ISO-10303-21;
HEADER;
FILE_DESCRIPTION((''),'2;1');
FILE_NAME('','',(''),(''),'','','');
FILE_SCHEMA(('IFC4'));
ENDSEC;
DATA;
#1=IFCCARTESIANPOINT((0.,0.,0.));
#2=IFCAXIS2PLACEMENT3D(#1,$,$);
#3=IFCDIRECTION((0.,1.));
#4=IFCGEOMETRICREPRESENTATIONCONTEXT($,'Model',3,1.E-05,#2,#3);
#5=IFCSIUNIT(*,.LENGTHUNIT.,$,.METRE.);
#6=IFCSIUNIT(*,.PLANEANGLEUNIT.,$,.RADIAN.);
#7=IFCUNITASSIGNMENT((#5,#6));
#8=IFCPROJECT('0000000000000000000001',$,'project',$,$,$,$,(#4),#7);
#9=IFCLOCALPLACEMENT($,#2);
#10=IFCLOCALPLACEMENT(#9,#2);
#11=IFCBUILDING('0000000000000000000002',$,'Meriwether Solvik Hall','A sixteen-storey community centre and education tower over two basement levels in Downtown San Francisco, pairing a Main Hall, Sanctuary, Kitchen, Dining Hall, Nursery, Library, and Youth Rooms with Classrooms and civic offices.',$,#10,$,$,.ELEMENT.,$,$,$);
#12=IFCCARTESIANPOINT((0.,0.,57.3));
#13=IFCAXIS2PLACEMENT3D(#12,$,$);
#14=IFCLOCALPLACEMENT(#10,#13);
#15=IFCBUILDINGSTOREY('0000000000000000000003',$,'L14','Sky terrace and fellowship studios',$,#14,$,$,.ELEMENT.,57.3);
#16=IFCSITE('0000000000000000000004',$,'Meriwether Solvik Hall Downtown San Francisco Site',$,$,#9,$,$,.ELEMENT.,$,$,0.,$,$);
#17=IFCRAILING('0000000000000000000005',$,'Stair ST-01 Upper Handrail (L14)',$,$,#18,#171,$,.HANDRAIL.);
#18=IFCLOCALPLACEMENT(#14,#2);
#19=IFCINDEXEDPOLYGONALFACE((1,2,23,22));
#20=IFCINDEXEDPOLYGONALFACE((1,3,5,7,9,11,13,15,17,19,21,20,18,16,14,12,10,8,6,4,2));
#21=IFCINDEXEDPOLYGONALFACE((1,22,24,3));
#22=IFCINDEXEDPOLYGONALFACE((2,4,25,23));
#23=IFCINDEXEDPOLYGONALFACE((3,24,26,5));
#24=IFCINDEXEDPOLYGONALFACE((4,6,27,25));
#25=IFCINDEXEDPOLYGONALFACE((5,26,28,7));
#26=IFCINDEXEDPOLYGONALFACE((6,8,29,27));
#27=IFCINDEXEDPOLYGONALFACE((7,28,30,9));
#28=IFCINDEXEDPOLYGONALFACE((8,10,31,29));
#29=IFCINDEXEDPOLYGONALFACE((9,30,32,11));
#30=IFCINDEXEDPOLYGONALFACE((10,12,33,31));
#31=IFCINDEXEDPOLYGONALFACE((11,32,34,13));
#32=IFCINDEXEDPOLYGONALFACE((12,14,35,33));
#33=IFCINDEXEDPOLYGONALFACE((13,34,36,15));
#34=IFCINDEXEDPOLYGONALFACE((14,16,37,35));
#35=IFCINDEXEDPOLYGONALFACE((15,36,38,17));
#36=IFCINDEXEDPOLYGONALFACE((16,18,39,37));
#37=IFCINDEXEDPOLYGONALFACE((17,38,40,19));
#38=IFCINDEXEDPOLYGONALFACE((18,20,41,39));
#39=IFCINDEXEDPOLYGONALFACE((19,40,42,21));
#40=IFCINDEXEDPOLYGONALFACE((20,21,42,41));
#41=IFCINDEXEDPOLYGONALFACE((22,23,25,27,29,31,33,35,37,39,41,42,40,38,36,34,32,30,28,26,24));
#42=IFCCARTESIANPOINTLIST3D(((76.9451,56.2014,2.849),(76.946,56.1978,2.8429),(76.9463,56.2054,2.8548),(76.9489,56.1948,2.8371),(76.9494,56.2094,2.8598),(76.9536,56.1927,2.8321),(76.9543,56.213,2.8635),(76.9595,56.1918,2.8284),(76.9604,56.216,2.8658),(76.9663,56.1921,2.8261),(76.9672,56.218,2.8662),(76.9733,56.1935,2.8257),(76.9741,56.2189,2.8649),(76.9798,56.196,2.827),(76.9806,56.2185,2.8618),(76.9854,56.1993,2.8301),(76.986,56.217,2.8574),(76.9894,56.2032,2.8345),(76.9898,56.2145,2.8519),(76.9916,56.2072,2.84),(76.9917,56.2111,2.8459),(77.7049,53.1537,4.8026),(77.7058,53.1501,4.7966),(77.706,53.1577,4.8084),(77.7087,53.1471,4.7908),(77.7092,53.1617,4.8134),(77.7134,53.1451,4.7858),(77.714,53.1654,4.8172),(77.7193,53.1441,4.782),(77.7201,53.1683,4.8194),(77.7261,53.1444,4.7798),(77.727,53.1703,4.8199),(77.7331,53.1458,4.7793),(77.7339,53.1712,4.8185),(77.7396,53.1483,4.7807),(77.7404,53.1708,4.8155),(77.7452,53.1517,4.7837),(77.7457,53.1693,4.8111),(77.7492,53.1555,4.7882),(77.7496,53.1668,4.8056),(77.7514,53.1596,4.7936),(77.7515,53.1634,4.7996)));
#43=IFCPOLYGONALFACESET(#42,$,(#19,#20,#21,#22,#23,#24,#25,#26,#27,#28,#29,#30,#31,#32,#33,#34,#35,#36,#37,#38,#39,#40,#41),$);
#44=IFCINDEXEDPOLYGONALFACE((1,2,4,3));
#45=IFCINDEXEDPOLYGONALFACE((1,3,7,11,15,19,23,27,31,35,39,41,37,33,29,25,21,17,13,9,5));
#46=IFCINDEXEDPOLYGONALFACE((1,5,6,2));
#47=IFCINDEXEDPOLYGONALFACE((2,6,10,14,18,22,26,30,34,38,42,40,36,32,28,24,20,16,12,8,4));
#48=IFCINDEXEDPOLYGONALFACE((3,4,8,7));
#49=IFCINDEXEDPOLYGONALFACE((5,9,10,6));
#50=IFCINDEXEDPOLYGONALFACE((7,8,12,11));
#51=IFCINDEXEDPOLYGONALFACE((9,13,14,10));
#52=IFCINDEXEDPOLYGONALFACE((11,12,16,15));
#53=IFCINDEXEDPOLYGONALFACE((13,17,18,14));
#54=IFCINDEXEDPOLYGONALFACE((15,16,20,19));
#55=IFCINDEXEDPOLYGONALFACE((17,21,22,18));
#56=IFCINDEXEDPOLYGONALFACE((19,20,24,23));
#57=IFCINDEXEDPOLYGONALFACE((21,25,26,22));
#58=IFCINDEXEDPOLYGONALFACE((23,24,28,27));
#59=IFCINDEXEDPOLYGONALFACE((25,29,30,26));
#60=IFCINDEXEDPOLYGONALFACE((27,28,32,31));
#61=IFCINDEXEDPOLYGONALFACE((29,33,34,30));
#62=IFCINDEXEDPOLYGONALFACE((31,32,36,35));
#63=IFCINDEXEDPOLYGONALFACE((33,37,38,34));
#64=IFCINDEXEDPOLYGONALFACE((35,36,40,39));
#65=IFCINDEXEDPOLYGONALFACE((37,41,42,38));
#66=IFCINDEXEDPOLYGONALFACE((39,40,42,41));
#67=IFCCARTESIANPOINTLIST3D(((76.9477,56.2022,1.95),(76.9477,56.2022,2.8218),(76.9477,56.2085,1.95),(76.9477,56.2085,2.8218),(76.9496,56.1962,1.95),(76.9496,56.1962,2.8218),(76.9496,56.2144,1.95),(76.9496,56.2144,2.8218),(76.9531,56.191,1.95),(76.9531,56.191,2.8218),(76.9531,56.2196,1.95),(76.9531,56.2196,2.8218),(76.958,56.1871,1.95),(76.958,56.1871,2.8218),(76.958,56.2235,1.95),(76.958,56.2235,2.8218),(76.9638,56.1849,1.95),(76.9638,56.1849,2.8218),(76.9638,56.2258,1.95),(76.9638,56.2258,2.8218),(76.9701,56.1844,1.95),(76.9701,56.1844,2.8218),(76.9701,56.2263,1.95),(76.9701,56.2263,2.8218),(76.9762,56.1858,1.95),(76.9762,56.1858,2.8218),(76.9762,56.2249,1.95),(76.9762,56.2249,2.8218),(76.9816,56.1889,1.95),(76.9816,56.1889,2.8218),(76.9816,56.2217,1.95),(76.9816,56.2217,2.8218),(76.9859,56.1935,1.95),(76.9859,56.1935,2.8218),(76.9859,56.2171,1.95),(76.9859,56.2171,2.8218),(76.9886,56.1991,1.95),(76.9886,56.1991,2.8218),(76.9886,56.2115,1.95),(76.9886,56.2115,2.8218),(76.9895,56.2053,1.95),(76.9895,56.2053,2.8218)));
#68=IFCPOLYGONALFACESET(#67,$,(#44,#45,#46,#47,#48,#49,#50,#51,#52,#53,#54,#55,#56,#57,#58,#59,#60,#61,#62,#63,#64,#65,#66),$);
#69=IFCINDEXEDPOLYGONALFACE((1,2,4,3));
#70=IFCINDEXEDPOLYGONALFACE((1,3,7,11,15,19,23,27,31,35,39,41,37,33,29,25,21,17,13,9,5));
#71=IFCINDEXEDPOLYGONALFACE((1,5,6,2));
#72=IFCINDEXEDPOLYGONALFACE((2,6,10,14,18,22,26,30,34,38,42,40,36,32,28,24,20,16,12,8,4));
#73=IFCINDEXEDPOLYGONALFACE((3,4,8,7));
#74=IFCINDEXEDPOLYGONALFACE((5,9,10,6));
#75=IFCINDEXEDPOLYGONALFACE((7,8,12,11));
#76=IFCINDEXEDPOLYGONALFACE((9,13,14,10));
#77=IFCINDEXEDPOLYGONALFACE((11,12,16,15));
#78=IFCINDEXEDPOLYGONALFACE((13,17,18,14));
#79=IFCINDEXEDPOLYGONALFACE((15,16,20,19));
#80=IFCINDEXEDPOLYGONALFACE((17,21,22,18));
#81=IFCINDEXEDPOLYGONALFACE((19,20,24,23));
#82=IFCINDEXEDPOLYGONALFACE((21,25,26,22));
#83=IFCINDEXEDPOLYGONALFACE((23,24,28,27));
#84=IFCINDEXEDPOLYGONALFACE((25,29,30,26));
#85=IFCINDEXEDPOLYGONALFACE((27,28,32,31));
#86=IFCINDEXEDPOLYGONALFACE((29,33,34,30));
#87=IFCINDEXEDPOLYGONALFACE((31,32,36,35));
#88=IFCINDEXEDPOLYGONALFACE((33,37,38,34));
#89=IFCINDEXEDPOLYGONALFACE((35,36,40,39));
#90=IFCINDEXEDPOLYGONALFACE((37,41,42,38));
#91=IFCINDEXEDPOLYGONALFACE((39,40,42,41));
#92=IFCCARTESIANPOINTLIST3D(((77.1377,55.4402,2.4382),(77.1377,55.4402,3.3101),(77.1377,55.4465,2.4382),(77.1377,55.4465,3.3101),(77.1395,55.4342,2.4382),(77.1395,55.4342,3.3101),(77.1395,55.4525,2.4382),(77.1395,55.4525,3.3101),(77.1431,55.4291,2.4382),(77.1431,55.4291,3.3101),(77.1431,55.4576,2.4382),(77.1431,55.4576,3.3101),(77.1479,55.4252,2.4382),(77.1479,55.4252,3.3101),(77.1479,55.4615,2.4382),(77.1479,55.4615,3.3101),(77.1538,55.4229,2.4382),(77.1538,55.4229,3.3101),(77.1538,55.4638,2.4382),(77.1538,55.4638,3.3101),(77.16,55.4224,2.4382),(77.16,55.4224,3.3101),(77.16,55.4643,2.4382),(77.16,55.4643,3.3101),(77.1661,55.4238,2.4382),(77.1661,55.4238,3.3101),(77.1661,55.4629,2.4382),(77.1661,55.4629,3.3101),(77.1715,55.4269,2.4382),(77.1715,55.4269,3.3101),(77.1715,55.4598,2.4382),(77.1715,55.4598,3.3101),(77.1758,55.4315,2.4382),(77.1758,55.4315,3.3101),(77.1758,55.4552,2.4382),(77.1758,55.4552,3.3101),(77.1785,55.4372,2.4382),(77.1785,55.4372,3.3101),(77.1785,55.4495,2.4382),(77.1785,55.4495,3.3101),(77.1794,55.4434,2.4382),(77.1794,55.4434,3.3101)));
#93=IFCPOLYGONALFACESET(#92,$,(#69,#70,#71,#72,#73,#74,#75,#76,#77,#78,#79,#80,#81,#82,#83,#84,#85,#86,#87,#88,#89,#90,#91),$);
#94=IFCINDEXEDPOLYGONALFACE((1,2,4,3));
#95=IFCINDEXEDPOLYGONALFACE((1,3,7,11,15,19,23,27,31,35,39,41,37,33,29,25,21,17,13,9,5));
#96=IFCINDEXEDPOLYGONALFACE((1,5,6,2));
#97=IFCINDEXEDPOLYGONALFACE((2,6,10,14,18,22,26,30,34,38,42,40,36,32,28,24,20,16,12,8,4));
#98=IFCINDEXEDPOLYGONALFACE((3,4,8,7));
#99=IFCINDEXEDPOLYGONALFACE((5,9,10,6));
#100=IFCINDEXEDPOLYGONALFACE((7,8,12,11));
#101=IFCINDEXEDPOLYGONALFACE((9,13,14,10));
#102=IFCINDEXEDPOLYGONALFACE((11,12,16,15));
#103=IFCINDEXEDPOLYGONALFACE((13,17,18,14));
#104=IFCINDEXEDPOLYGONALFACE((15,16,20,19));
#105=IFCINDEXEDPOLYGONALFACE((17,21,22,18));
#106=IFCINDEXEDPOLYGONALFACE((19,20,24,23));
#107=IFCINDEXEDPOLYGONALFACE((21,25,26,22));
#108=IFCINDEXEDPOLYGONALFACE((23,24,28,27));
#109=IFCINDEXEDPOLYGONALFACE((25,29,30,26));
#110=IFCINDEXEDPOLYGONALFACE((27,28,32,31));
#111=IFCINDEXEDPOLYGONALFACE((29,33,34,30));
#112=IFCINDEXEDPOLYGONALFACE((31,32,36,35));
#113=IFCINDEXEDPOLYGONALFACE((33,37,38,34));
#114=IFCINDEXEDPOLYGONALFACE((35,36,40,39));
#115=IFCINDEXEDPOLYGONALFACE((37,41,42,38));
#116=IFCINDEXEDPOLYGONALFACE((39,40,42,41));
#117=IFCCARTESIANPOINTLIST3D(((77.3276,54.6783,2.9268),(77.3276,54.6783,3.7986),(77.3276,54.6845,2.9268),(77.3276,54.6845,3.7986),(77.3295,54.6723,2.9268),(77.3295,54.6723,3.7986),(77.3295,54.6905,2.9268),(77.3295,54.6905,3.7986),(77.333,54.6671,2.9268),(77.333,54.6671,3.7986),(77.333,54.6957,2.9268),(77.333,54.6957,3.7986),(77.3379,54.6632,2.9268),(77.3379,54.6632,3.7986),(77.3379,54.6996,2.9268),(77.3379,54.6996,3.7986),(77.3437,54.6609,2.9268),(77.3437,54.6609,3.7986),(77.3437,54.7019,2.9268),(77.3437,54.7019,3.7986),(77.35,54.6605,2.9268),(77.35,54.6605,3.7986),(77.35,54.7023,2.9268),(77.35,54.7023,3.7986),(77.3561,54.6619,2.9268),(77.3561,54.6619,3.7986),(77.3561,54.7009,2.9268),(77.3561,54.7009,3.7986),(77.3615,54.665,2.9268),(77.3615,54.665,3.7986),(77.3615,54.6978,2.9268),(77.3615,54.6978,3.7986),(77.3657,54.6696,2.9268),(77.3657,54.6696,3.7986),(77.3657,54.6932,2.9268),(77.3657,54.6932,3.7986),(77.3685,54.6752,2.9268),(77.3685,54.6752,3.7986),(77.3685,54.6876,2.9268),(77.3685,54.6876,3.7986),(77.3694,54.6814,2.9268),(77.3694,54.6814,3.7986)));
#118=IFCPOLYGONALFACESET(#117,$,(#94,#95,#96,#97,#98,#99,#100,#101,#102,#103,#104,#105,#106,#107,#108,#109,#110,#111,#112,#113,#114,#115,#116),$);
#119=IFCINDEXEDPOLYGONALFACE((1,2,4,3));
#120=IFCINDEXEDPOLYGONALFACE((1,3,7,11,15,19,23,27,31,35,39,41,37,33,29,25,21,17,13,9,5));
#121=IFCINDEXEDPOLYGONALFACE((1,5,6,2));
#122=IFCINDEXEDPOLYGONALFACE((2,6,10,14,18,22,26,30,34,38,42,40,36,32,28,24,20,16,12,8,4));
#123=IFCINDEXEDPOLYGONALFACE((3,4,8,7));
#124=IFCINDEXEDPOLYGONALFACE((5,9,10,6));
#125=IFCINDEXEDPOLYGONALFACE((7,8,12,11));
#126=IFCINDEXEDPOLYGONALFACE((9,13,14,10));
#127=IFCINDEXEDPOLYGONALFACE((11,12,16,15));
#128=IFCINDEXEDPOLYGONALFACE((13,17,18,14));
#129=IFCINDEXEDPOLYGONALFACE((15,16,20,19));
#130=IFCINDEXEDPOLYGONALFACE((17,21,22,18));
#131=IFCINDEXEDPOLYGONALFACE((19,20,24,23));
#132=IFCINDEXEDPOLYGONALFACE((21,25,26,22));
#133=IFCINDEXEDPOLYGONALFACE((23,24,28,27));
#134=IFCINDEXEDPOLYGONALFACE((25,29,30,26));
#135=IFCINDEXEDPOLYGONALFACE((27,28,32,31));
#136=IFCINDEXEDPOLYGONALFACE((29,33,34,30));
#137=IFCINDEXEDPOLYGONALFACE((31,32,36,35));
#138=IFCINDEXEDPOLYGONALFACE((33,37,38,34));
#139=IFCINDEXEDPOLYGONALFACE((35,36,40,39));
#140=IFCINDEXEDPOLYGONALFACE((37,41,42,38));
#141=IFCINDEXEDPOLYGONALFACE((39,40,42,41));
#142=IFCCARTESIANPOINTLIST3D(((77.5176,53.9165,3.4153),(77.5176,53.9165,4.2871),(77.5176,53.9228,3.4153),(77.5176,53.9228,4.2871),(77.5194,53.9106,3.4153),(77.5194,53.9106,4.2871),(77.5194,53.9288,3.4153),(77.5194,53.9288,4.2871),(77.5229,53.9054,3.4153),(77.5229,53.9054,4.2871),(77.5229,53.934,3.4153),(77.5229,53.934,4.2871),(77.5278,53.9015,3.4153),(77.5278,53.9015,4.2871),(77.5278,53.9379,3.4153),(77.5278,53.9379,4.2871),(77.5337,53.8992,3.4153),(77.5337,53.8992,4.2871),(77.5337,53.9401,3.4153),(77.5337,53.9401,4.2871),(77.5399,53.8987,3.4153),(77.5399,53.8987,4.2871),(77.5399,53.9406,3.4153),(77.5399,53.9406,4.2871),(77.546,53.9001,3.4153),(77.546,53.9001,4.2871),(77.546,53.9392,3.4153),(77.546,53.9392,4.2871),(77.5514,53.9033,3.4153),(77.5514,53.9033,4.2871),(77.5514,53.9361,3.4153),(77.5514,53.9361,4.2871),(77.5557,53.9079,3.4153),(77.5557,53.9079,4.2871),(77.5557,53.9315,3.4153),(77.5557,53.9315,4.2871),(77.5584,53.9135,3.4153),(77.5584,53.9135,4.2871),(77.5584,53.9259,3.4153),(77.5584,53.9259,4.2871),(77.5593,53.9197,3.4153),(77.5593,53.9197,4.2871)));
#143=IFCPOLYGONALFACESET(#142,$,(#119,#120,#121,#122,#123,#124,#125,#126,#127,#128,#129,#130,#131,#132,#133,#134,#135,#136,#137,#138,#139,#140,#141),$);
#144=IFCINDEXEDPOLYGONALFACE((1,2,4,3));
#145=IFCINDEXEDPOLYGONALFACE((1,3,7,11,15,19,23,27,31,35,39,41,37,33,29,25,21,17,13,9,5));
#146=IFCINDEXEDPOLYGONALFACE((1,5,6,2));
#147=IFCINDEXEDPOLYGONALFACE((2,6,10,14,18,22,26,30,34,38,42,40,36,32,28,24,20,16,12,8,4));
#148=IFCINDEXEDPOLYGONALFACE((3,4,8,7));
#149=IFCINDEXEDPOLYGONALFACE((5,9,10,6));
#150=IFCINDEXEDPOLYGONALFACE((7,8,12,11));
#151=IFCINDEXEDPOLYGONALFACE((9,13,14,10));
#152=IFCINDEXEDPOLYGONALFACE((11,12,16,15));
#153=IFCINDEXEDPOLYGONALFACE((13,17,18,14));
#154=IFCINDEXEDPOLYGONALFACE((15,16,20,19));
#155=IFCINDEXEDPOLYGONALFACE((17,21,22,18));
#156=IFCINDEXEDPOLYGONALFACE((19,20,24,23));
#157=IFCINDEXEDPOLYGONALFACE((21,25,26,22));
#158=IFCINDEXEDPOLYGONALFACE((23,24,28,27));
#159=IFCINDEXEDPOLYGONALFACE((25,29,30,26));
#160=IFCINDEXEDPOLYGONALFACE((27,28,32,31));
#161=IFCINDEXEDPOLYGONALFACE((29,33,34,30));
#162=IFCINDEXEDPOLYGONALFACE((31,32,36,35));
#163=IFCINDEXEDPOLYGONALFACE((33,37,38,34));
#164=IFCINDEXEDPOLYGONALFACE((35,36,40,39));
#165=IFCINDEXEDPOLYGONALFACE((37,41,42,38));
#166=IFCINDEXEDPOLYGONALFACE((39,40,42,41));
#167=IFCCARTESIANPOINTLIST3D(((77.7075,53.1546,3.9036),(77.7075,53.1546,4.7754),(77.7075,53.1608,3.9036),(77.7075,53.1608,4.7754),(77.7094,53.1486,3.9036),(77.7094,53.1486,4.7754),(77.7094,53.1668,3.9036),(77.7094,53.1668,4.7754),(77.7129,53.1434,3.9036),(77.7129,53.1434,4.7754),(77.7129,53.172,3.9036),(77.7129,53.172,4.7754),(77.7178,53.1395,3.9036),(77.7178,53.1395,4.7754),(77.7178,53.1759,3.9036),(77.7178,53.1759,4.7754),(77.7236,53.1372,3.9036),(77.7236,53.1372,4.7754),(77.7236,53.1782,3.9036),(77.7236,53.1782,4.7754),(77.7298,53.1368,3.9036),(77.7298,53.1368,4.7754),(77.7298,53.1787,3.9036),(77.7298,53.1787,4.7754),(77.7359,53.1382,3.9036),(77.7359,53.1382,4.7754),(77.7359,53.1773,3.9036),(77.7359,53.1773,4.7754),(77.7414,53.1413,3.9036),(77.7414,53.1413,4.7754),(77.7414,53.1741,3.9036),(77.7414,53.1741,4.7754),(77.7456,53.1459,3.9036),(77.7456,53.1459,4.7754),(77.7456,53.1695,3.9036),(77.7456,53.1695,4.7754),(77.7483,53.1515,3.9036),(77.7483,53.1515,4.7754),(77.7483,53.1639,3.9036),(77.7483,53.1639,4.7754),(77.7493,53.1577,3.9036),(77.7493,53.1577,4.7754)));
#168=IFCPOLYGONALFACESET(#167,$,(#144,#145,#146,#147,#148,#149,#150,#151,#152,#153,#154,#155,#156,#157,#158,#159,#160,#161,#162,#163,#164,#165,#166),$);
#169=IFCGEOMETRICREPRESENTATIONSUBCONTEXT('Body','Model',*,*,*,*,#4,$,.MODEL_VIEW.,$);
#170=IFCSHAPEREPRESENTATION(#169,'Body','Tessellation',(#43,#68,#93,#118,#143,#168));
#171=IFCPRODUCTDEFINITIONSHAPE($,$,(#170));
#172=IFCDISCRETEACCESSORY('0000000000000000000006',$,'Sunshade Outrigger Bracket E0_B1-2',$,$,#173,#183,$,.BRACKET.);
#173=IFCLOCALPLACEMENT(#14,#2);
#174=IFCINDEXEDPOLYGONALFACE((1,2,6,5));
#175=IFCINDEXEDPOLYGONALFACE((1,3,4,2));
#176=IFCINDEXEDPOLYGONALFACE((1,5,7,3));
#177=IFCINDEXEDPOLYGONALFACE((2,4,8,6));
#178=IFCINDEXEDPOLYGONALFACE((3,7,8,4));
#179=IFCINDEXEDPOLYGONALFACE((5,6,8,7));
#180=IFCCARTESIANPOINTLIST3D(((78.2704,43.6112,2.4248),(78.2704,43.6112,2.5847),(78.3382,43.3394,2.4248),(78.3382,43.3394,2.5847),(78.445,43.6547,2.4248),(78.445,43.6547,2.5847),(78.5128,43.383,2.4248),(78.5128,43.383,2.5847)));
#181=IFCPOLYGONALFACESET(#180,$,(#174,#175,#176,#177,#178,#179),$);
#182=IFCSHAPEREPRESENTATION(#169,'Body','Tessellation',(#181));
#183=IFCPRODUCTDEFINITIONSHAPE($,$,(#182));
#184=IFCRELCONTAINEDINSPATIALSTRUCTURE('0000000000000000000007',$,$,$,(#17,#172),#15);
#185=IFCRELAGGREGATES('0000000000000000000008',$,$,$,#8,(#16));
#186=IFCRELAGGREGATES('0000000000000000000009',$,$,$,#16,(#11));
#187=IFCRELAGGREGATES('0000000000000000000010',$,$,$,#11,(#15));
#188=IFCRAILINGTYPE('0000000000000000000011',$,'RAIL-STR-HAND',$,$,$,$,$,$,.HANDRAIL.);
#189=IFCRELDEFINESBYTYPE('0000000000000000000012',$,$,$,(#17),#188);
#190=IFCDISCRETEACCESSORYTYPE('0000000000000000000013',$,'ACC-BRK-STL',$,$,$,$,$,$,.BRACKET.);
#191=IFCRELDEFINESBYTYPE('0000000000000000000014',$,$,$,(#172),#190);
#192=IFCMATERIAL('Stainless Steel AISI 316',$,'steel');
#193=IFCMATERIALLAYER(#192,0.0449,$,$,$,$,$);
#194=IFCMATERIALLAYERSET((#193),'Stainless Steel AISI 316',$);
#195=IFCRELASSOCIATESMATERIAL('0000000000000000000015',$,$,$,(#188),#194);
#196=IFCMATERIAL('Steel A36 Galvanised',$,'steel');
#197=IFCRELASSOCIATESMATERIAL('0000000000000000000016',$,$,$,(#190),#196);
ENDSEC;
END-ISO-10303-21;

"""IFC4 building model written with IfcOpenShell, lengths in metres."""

from ifc_helpers import new_model, si_unit, direction, frame, origin, origin_2d, place, context, subcontext, project, spatial, rectangle, circle, extrude, material, layer, layer_set, type_object, element, save


model = new_model("IFC4")

# Units and contexts
model_context = context("Model", 3, precision=1e-05, world=origin(), true_north=direction((0.0, 1.0)))
body_context = subcontext(model_context, "Body", "Model", "MODEL_VIEW")
ifc_project = project(units=[si_unit("LENGTHUNIT", "METRE"), si_unit("PLANEANGLEUNIT", "RADIAN")], contexts=[model_context])

# Site, building, storey
site_placement = place(None, origin())
site = spatial("IfcSite", under=ifc_project, at=site_placement, Name="Meriwether Solvik Hall Downtown San Francisco Site", CompositionType="ELEMENT", RefElevation=0.0)
building_placement = place(site_placement, origin())
building = spatial("IfcBuilding", under=site, at=building_placement, Name="Meriwether Solvik Hall", Description="A sixteen-storey community centre and education tower over two basement levels in Downtown San Francisco, pairing a Main Hall, Sanctuary, Kitchen, Dining Hall, Nursery, Library, and Youth Rooms with Classrooms and civic offices.", CompositionType="ELEMENT")
storey_placement = place(building_placement, frame((0.0, 0.0, 57.3)))
storey = spatial("IfcBuildingStorey", under=building, at=storey_placement, Name="L14", Description="Sky terrace and fellowship studios", CompositionType="ELEMENT", Elevation=57.3)

# Railing
ifc_material_1 = material(Name="Stainless Steel AISI 316", Category="steel")
ifc_layer_1 = layer(ifc_material_1, 0.0449)
ifc_layer_set_1 = layer_set([ifc_layer_1], Name="Stainless Steel AISI 316")
railing_type_1 = type_object("IfcRailingType", Name="RAIL-STR-HAND", PredefinedType="HANDRAIL", material=ifc_layer_set_1)
railing_1_placement = place(storey_placement, frame((76.9685, 56.2053, 1.95)))
element("IfcRailing", 1, at=railing_1_placement, inside=storey, type_object=railing_type_1, Name="Stair ST-01 Upper Handrail (L14)", PredefinedType="HANDRAIL", context=body_context, shape_type="SweptSolid", body=[
    extrude(circle(Radius=0.0239, at=origin_2d()), frame((0.0, 0.0, 0.896), z_axis=(0.205404, -0.823926, 0.528163), x_axis=(0.970302, 0.241895, 0.0)), (0.0, 0.0, 1.0), 3.699),
    extrude(circle(Radius=0.021, at=origin_2d()), origin(), (0.0, 0.0, 1.0), 0.8718),
    extrude(circle(Radius=0.021, at=origin_2d()), frame((0.1899, -0.762, 0.4883)), (0.0, 0.0, 1.0), 0.8718),
    extrude(circle(Radius=0.021, at=origin_2d()), frame((0.3799, -1.5239, 0.9768)), (0.0, 0.0, 1.0), 0.8718),
    extrude(circle(Radius=0.021, at=origin_2d()), frame((0.5698, -2.2856, 1.4653)), (0.0, 0.0, 1.0), 0.8718),
    extrude(circle(Radius=0.021, at=origin_2d()), frame((0.7598, -3.0476, 1.9536)), (0.0, 0.0, 1.0), 0.8718),
])

# Discrete accessory
ifc_material_2 = material(Name="Steel A36 Galvanised", Category="steel")
discrete_accessory_type = type_object("IfcDiscreteAccessoryType", Name="ACC-BRK-STL", PredefinedType="BRACKET", material=ifc_material_2)
discrete_accessory_placement = place(storey_placement, frame((78.3916, 43.4971, 2.4248), z_axis=(0.0, 0.0, 1.0), x_axis=(-0.970296, -0.241922, 0.0)))
element("IfcDiscreteAccessory", 2, at=discrete_accessory_placement, inside=storey, type_object=discrete_accessory_type, Name="Sunshade Outrigger Bracket E0_B1-2", PredefinedType="BRACKET", context=body_context, shape_type="SweptSolid", body=[
    extrude(rectangle(XDim=0.1799, YDim=0.28, at=origin_2d()), origin(), (0.0, 0.0, 1.0), 0.1599),
])

save(model, "model.ifc")
